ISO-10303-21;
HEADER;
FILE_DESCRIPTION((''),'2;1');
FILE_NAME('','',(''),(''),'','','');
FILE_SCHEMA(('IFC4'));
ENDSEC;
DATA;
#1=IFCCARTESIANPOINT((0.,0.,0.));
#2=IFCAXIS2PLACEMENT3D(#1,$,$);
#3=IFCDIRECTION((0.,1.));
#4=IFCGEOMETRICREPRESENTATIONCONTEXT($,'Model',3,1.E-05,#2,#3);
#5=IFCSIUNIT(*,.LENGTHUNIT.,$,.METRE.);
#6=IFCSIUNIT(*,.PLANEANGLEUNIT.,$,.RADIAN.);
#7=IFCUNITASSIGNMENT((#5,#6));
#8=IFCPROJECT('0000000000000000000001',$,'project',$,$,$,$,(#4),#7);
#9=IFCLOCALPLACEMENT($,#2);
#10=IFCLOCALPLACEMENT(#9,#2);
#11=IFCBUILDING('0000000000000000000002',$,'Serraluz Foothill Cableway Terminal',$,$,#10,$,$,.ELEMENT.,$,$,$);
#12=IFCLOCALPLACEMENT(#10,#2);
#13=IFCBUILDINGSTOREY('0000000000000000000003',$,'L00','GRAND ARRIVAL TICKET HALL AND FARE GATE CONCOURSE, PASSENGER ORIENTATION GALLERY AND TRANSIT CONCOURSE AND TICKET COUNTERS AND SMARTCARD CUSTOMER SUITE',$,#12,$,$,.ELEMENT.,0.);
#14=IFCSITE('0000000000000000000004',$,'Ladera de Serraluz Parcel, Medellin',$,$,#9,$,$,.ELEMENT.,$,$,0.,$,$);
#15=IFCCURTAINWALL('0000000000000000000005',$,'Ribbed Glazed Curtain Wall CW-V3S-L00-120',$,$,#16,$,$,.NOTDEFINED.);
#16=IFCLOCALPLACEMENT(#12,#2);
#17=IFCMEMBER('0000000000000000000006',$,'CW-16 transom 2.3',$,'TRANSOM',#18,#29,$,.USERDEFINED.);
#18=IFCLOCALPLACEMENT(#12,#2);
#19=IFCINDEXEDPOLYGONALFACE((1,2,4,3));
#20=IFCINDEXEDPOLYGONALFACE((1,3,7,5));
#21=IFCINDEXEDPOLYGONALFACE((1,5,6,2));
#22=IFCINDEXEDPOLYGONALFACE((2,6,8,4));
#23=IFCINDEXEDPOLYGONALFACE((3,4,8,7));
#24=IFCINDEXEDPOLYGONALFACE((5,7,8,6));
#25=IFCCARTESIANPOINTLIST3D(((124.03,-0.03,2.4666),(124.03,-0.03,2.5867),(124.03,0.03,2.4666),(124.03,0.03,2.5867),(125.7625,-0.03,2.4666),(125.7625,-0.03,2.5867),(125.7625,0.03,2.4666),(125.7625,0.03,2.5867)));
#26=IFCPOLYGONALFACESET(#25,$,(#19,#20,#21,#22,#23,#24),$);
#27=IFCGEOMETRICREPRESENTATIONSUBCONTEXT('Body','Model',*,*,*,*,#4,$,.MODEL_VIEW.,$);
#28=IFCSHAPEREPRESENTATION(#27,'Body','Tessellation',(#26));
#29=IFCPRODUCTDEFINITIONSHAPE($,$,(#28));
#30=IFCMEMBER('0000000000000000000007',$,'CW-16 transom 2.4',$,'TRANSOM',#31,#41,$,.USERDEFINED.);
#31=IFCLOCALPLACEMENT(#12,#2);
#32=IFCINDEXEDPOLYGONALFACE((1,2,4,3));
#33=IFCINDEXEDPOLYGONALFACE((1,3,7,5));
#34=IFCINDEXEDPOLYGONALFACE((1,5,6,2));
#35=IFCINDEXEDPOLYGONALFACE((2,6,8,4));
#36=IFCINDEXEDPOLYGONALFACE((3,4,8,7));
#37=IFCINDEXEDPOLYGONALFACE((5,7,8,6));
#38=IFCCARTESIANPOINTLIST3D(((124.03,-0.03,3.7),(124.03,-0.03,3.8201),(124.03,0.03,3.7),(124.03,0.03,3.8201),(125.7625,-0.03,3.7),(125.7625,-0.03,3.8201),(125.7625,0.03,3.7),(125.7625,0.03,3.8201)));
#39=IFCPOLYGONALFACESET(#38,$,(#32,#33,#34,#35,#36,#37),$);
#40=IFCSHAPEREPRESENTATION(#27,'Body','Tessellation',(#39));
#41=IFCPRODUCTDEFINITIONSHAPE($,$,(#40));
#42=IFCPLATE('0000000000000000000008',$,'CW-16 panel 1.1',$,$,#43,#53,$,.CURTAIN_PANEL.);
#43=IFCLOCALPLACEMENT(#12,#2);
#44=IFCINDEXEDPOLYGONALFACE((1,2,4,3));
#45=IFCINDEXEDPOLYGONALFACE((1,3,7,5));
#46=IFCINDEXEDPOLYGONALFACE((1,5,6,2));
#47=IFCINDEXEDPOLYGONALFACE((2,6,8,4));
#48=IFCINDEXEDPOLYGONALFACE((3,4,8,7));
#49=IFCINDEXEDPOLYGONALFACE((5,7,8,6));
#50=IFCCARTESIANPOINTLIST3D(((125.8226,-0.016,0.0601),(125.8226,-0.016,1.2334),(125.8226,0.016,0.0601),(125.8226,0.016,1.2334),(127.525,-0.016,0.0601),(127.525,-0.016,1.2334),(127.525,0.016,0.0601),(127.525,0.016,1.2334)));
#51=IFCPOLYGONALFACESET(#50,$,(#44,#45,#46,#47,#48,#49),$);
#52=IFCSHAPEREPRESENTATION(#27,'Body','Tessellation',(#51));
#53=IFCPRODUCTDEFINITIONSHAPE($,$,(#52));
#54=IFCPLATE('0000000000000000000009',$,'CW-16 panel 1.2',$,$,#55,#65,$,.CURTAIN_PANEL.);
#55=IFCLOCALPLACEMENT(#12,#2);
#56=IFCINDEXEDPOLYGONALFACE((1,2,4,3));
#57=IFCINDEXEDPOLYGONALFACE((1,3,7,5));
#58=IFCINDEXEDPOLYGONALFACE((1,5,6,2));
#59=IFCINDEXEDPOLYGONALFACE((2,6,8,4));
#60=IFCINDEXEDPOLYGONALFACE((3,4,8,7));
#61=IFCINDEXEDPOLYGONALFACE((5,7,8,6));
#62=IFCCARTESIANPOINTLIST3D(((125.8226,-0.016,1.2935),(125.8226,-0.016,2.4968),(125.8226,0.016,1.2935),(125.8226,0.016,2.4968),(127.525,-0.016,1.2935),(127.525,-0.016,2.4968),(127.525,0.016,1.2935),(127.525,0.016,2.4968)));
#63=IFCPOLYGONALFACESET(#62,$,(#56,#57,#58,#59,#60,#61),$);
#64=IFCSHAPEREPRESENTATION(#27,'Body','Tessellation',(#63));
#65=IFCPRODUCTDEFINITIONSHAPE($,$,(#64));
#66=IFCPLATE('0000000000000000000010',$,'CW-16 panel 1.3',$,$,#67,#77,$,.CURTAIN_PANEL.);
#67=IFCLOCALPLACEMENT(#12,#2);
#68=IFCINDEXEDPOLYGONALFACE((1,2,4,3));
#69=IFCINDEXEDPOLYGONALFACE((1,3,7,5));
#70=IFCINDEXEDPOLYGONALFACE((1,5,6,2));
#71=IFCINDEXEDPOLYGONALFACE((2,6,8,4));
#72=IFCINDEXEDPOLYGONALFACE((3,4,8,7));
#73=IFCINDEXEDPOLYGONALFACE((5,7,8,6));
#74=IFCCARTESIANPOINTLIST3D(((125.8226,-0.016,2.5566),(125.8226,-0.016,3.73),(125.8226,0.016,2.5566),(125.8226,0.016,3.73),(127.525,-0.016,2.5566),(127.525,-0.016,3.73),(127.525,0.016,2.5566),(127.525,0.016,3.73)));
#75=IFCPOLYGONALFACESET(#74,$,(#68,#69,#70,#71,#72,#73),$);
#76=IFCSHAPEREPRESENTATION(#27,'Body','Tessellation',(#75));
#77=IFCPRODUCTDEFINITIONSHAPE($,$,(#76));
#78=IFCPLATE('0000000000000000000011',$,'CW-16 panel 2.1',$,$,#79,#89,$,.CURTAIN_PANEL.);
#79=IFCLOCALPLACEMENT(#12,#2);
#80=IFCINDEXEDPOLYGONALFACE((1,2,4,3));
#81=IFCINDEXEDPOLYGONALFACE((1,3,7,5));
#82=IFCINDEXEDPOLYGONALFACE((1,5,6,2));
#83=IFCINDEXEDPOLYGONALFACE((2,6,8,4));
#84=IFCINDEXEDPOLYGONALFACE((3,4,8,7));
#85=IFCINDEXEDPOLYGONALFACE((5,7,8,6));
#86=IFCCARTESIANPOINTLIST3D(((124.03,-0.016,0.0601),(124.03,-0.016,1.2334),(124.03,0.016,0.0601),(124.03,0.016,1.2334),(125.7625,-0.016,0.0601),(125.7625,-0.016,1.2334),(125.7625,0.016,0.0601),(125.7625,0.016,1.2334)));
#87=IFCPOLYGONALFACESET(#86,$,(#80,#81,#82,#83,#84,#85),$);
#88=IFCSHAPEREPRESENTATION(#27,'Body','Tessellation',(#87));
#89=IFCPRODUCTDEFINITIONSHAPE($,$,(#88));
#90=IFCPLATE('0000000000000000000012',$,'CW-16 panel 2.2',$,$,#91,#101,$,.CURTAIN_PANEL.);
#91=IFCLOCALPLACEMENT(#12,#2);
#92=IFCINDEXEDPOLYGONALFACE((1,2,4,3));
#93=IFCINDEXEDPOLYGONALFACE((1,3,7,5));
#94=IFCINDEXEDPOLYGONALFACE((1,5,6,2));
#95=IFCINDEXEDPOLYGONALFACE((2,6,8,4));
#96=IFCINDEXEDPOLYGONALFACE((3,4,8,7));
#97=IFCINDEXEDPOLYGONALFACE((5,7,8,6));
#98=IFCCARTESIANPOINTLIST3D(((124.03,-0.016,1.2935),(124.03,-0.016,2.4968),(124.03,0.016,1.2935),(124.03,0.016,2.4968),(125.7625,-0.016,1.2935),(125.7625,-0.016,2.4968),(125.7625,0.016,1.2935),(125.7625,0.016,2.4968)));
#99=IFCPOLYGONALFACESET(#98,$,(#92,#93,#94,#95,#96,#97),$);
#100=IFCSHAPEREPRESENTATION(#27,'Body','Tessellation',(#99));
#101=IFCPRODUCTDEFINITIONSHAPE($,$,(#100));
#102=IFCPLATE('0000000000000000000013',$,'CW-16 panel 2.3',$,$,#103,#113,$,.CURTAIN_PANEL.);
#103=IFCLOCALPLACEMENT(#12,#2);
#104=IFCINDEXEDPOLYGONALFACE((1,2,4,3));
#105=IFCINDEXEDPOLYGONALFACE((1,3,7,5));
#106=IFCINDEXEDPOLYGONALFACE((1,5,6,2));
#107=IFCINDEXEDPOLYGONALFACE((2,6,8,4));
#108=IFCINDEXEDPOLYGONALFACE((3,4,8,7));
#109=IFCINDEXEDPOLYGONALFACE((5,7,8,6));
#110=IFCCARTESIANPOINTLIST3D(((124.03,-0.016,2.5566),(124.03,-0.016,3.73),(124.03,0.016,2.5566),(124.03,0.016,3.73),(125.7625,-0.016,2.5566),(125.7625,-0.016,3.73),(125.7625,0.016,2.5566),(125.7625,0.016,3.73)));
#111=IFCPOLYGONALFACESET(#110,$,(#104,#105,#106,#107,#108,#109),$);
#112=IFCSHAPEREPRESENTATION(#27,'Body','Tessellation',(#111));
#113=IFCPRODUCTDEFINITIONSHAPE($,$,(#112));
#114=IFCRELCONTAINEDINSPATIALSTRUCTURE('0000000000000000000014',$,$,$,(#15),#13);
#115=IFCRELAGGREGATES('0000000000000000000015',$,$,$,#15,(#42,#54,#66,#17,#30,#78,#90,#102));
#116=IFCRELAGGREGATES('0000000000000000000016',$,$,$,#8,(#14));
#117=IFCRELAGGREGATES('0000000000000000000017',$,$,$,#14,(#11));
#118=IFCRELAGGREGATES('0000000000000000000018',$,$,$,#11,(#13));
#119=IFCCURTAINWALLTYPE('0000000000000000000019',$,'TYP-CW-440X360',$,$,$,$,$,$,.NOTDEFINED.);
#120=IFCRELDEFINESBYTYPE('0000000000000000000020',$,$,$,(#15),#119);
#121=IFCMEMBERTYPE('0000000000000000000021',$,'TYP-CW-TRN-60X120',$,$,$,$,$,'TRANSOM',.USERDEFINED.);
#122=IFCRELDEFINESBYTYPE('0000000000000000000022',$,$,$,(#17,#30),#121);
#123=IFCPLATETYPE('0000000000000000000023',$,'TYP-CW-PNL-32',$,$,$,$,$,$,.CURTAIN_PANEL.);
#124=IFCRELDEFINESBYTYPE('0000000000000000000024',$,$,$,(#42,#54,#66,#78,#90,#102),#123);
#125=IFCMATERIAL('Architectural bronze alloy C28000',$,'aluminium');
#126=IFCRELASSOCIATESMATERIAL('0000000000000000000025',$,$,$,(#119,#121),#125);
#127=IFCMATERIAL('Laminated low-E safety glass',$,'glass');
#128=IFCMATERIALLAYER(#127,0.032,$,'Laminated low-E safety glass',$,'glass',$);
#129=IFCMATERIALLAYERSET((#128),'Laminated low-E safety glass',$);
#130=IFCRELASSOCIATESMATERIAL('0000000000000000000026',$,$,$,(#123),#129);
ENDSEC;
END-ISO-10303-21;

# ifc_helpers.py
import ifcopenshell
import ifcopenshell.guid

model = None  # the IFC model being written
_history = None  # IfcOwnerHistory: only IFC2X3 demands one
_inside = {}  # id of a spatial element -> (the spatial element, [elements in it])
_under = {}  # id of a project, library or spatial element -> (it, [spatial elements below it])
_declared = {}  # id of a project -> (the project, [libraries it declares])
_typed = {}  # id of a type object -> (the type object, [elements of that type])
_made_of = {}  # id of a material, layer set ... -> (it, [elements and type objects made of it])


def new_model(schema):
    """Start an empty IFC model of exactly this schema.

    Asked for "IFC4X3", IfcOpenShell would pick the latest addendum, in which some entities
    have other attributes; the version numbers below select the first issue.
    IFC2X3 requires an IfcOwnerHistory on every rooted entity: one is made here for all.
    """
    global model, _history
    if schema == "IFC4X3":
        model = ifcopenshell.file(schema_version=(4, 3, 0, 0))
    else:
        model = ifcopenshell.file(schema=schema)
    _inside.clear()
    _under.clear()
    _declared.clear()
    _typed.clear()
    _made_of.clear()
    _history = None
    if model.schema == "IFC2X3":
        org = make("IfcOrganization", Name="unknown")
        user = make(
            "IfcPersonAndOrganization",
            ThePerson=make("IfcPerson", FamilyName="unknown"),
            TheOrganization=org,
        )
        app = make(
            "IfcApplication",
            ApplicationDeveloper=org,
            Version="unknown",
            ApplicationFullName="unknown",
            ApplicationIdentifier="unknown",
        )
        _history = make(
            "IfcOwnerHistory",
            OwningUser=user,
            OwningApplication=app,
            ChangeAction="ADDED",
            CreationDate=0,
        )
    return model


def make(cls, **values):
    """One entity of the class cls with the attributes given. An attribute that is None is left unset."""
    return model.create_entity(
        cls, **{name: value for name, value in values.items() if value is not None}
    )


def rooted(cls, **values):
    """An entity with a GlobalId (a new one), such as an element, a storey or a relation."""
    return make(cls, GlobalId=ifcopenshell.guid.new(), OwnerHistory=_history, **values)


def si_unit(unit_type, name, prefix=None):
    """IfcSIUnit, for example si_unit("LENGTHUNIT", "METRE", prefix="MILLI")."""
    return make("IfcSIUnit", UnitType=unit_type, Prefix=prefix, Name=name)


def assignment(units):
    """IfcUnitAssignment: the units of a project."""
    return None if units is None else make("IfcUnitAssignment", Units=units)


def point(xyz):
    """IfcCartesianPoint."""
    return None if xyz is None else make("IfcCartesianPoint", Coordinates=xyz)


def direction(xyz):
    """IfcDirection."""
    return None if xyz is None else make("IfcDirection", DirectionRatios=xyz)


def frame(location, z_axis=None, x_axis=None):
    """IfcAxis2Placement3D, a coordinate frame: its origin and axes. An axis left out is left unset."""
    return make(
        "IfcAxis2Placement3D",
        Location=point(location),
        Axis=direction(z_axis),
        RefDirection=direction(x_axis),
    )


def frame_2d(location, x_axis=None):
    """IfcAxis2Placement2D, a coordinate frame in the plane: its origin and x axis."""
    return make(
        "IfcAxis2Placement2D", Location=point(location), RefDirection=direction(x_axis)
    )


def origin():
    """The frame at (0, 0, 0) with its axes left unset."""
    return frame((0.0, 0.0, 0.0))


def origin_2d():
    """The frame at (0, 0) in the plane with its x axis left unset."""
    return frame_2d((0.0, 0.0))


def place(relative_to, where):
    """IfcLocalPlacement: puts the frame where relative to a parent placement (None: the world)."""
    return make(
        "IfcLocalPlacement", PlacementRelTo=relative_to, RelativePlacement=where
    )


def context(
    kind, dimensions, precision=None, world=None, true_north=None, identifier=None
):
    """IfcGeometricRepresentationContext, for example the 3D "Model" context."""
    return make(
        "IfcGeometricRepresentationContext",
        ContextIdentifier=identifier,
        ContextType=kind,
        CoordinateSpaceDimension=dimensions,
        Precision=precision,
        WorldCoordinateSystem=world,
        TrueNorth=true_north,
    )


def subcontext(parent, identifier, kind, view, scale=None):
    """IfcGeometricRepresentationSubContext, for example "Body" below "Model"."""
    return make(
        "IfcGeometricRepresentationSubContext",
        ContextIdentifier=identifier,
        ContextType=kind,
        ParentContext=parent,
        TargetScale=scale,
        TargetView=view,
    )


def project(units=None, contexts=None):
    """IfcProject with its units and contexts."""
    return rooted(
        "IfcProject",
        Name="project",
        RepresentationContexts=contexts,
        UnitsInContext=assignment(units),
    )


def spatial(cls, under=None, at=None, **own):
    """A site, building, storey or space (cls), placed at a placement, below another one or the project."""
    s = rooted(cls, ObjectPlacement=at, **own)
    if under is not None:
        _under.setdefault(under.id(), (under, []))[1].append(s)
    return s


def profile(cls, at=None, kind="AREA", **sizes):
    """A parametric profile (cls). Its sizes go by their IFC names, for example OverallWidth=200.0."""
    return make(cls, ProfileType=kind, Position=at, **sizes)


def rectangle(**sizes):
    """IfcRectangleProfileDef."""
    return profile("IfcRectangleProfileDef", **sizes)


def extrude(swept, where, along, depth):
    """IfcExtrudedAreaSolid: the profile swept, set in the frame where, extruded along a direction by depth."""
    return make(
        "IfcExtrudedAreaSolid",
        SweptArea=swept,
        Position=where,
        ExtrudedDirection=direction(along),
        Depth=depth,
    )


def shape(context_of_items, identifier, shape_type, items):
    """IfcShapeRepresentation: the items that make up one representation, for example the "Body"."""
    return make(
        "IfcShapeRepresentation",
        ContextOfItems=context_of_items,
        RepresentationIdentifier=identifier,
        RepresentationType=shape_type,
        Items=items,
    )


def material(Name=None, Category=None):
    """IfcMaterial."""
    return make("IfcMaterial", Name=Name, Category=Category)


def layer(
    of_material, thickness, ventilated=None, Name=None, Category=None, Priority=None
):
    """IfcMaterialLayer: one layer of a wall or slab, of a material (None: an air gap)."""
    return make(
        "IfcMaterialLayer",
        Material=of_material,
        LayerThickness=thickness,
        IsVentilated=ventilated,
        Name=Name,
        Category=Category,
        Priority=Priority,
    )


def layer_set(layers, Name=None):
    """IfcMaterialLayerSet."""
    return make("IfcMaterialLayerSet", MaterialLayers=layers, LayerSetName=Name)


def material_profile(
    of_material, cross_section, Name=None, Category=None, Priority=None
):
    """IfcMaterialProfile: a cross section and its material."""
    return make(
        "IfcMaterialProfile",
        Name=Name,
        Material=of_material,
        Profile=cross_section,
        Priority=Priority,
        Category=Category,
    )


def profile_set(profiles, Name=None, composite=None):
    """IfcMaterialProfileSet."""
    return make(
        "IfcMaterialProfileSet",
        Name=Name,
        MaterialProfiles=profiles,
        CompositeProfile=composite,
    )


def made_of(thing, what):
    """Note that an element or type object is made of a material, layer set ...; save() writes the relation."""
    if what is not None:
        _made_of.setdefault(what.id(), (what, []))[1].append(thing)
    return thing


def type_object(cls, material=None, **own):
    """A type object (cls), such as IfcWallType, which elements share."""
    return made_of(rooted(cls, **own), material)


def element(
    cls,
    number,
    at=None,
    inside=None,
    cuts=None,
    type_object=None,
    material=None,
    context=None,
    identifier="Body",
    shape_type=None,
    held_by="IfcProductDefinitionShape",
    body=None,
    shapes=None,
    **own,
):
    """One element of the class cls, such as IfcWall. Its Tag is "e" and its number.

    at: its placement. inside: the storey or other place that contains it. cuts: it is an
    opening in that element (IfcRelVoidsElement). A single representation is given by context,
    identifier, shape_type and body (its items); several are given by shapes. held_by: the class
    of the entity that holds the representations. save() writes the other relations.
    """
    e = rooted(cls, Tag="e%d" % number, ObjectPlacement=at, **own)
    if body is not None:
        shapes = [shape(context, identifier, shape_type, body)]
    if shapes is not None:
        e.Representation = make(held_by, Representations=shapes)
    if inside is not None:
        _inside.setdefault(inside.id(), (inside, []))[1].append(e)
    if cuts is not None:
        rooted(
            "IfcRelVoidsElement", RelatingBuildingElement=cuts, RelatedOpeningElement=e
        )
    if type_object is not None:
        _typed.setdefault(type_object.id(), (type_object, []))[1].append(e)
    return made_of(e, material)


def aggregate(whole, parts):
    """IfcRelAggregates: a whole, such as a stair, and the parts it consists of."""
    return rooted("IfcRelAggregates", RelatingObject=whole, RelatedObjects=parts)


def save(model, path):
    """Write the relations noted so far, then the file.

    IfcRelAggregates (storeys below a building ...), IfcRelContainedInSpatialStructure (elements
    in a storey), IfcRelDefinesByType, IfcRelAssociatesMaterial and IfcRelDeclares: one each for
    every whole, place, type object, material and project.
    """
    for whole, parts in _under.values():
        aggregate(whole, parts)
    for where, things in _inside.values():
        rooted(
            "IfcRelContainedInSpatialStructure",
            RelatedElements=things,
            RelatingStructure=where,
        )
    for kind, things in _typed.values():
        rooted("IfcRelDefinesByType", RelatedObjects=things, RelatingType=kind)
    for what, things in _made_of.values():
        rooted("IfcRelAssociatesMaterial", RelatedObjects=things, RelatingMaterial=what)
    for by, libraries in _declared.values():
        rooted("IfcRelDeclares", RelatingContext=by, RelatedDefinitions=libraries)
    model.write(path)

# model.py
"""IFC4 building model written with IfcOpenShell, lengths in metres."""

from ifc_helpers import new_model, si_unit, direction, frame, origin, origin_2d, place, context, subcontext, project, spatial, rectangle, extrude, material, layer, layer_set, material_profile, profile_set, type_object, element, aggregate, save


model = new_model("IFC4")

# Units and contexts
model_context = context("Model", 3, precision=1e-05, world=origin(), true_north=direction((0.0, 1.0)))
body_context = subcontext(model_context, "Body", "Model", "MODEL_VIEW")
ifc_project = project(units=[si_unit("LENGTHUNIT", "METRE"), si_unit("PLANEANGLEUNIT", "RADIAN")], contexts=[model_context])

# Site, building, storey
site_placement = place(None, origin())
site = spatial("IfcSite", under=ifc_project, at=site_placement, Name="Ladera de Serraluz Parcel, Medellin", CompositionType="ELEMENT", RefElevation=0.0)
building_placement = place(site_placement, origin())
building = spatial("IfcBuilding", under=site, at=building_placement, Name="Serraluz Foothill Cableway Terminal", CompositionType="ELEMENT")
storey_placement = place(building_placement, origin())
storey = spatial("IfcBuildingStorey", under=building, at=storey_placement, Name="L00", Description="GRAND ARRIVAL TICKET HALL AND FARE GATE CONCOURSE, PASSENGER ORIENTATION GALLERY AND TRANSIT CONCOURSE AND TICKET COUNTERS AND SMARTCARD CUSTOMER SUITE", CompositionType="ELEMENT", Elevation=0.0)

# Curtain wall, members, plates
ifc_material_1 = material(Name="Architectural bronze alloy C28000", Category="aluminium")
curtain_wall_type = type_object("IfcCurtainWallType", Name="TYP-CW-440X360", PredefinedType="NOTDEFINED", material=ifc_material_1)
curtain_wall_placement = place(storey_placement, origin())
curtain_wall = element("IfcCurtainWall", 1, at=curtain_wall_placement, inside=storey, type_object=curtain_wall_type, Name="Ribbed Glazed Curtain Wall CW-V3S-L00-120", PredefinedType="NOTDEFINED")
ifc_material_profile_1 = material_profile(ifc_material_1, rectangle(XDim=0.0601, YDim=0.1201, at=origin_2d()), Name="ALU TRANSOM 60x120")
ifc_profile_set_1 = profile_set([ifc_material_profile_1], Name="Architectural bronze alloy C28000")
member_type_1 = type_object("IfcMemberType", Name="TYP-CW-TRN-60X120", ElementType="TRANSOM", PredefinedType="USERDEFINED", material=ifc_profile_set_1)
member_1_placement = place(storey_placement, frame((125.7625, 0.0, 2.5266), z_axis=(-1.0, 0.0, 0.0), x_axis=(0.0, -1.0, 0.0)))
member_1 = element("IfcMember", 2, at=member_1_placement, type_object=member_type_1, Name="CW-16 transom 2.3", ObjectType="TRANSOM", PredefinedType="USERDEFINED", context=body_context, shape_type="SweptSolid", body=[
    extrude(rectangle(XDim=0.0601, YDim=0.1201, at=origin_2d()), origin(), (0.0, 0.0, 1.0), 1.7324),
])
member_2_placement = place(storey_placement, frame((125.7625, 0.0, 3.76), z_axis=(-1.0, 0.0, 0.0), x_axis=(0.0, -1.0, 0.0)))
member_2 = element("IfcMember", 3, at=member_2_placement, type_object=member_type_1, Name="CW-16 transom 2.4", ObjectType="TRANSOM", PredefinedType="USERDEFINED", context=body_context, shape_type="SweptSolid", body=[
    extrude(rectangle(XDim=0.0601, YDim=0.1201, at=origin_2d()), origin(), (0.0, 0.0, 1.0), 1.7324),
])
ifc_material_2 = material(Name="Laminated low-E safety glass", Category="glass")
ifc_layer = layer(ifc_material_2, 0.032, Name="Laminated low-E safety glass", Category="glass")
ifc_layer_set = layer_set([ifc_layer], Name="Laminated low-E safety glass")
plate_type = type_object("IfcPlateType", Name="TYP-CW-PNL-32", PredefinedType="CURTAIN_PANEL", material=ifc_layer_set)
plate_1_placement = place(storey_placement, frame((126.6738, 0.0, 0.0601), z_axis=(0.0, 0.0, 1.0), x_axis=(-1.0, 0.0, 0.0)))
plate_1 = element("IfcPlate", 4, at=plate_1_placement, type_object=plate_type, Name="CW-16 panel 1.1", PredefinedType="CURTAIN_PANEL", context=body_context, shape_type="SweptSolid", body=[
    extrude(rectangle(XDim=1.7024, YDim=0.032, at=origin_2d()), origin(), (0.0, 0.0, 1.0), 1.1733),
])
plate_2_placement = place(storey_placement, frame((126.6738, 0.0, 1.2935), z_axis=(0.0, 0.0, 1.0), x_axis=(-1.0, 0.0, 0.0)))
plate_2 = element("IfcPlate", 5, at=plate_2_placement, type_object=plate_type, Name="CW-16 panel 1.2", PredefinedType="CURTAIN_PANEL", context=body_context, shape_type="SweptSolid", body=[
    extrude(rectangle(XDim=1.7024, YDim=0.032, at=origin_2d()), origin(), (0.0, 0.0, 1.0), 1.2034),
])
plate_3_placement = place(storey_placement, frame((126.6738, 0.0, 2.5566), z_axis=(0.0, 0.0, 1.0), x_axis=(-1.0, 0.0, 0.0)))
plate_3 = element("IfcPlate", 6, at=plate_3_placement, type_object=plate_type, Name="CW-16 panel 1.3", PredefinedType="CURTAIN_PANEL", context=body_context, shape_type="SweptSolid", body=[
    extrude(rectangle(XDim=1.7024, YDim=0.032, at=origin_2d()), origin(), (0.0, 0.0, 1.0), 1.1733),
])
plate_4_placement = place(storey_placement, frame((124.8962, 0.0, 0.0601), z_axis=(0.0, 0.0, 1.0), x_axis=(-1.0, 0.0, 0.0)))
plate_4 = element("IfcPlate", 7, at=plate_4_placement, type_object=plate_type, Name="CW-16 panel 2.1", PredefinedType="CURTAIN_PANEL", context=body_context, shape_type="SweptSolid", body=[
    extrude(rectangle(XDim=1.7324, YDim=0.032, at=origin_2d()), origin(), (0.0, 0.0, 1.0), 1.1733),
])
plate_5_placement = place(storey_placement, frame((124.8962, 0.0, 1.2935), z_axis=(0.0, 0.0, 1.0), x_axis=(-1.0, 0.0, 0.0)))
plate_5 = element("IfcPlate", 8, at=plate_5_placement, type_object=plate_type, Name="CW-16 panel 2.2", PredefinedType="CURTAIN_PANEL", context=body_context, shape_type="SweptSolid", body=[
    extrude(rectangle(XDim=1.7324, YDim=0.032, at=origin_2d()), origin(), (0.0, 0.0, 1.0), 1.2034),
])
plate_6_placement = place(storey_placement, frame((124.8962, 0.0, 2.5566), z_axis=(0.0, 0.0, 1.0), x_axis=(-1.0, 0.0, 0.0)))
plate_6 = element("IfcPlate", 9, at=plate_6_placement, type_object=plate_type, Name="CW-16 panel 2.3", PredefinedType="CURTAIN_PANEL", context=body_context, shape_type="SweptSolid", body=[
    extrude(rectangle(XDim=1.7324, YDim=0.032, at=origin_2d()), origin(), (0.0, 0.0, 1.0), 1.1733),
])
aggregate(curtain_wall, [plate_1, plate_2, plate_3, member_1, member_2, plate_4, plate_5, plate_6])

save(model, "model.ifc")
